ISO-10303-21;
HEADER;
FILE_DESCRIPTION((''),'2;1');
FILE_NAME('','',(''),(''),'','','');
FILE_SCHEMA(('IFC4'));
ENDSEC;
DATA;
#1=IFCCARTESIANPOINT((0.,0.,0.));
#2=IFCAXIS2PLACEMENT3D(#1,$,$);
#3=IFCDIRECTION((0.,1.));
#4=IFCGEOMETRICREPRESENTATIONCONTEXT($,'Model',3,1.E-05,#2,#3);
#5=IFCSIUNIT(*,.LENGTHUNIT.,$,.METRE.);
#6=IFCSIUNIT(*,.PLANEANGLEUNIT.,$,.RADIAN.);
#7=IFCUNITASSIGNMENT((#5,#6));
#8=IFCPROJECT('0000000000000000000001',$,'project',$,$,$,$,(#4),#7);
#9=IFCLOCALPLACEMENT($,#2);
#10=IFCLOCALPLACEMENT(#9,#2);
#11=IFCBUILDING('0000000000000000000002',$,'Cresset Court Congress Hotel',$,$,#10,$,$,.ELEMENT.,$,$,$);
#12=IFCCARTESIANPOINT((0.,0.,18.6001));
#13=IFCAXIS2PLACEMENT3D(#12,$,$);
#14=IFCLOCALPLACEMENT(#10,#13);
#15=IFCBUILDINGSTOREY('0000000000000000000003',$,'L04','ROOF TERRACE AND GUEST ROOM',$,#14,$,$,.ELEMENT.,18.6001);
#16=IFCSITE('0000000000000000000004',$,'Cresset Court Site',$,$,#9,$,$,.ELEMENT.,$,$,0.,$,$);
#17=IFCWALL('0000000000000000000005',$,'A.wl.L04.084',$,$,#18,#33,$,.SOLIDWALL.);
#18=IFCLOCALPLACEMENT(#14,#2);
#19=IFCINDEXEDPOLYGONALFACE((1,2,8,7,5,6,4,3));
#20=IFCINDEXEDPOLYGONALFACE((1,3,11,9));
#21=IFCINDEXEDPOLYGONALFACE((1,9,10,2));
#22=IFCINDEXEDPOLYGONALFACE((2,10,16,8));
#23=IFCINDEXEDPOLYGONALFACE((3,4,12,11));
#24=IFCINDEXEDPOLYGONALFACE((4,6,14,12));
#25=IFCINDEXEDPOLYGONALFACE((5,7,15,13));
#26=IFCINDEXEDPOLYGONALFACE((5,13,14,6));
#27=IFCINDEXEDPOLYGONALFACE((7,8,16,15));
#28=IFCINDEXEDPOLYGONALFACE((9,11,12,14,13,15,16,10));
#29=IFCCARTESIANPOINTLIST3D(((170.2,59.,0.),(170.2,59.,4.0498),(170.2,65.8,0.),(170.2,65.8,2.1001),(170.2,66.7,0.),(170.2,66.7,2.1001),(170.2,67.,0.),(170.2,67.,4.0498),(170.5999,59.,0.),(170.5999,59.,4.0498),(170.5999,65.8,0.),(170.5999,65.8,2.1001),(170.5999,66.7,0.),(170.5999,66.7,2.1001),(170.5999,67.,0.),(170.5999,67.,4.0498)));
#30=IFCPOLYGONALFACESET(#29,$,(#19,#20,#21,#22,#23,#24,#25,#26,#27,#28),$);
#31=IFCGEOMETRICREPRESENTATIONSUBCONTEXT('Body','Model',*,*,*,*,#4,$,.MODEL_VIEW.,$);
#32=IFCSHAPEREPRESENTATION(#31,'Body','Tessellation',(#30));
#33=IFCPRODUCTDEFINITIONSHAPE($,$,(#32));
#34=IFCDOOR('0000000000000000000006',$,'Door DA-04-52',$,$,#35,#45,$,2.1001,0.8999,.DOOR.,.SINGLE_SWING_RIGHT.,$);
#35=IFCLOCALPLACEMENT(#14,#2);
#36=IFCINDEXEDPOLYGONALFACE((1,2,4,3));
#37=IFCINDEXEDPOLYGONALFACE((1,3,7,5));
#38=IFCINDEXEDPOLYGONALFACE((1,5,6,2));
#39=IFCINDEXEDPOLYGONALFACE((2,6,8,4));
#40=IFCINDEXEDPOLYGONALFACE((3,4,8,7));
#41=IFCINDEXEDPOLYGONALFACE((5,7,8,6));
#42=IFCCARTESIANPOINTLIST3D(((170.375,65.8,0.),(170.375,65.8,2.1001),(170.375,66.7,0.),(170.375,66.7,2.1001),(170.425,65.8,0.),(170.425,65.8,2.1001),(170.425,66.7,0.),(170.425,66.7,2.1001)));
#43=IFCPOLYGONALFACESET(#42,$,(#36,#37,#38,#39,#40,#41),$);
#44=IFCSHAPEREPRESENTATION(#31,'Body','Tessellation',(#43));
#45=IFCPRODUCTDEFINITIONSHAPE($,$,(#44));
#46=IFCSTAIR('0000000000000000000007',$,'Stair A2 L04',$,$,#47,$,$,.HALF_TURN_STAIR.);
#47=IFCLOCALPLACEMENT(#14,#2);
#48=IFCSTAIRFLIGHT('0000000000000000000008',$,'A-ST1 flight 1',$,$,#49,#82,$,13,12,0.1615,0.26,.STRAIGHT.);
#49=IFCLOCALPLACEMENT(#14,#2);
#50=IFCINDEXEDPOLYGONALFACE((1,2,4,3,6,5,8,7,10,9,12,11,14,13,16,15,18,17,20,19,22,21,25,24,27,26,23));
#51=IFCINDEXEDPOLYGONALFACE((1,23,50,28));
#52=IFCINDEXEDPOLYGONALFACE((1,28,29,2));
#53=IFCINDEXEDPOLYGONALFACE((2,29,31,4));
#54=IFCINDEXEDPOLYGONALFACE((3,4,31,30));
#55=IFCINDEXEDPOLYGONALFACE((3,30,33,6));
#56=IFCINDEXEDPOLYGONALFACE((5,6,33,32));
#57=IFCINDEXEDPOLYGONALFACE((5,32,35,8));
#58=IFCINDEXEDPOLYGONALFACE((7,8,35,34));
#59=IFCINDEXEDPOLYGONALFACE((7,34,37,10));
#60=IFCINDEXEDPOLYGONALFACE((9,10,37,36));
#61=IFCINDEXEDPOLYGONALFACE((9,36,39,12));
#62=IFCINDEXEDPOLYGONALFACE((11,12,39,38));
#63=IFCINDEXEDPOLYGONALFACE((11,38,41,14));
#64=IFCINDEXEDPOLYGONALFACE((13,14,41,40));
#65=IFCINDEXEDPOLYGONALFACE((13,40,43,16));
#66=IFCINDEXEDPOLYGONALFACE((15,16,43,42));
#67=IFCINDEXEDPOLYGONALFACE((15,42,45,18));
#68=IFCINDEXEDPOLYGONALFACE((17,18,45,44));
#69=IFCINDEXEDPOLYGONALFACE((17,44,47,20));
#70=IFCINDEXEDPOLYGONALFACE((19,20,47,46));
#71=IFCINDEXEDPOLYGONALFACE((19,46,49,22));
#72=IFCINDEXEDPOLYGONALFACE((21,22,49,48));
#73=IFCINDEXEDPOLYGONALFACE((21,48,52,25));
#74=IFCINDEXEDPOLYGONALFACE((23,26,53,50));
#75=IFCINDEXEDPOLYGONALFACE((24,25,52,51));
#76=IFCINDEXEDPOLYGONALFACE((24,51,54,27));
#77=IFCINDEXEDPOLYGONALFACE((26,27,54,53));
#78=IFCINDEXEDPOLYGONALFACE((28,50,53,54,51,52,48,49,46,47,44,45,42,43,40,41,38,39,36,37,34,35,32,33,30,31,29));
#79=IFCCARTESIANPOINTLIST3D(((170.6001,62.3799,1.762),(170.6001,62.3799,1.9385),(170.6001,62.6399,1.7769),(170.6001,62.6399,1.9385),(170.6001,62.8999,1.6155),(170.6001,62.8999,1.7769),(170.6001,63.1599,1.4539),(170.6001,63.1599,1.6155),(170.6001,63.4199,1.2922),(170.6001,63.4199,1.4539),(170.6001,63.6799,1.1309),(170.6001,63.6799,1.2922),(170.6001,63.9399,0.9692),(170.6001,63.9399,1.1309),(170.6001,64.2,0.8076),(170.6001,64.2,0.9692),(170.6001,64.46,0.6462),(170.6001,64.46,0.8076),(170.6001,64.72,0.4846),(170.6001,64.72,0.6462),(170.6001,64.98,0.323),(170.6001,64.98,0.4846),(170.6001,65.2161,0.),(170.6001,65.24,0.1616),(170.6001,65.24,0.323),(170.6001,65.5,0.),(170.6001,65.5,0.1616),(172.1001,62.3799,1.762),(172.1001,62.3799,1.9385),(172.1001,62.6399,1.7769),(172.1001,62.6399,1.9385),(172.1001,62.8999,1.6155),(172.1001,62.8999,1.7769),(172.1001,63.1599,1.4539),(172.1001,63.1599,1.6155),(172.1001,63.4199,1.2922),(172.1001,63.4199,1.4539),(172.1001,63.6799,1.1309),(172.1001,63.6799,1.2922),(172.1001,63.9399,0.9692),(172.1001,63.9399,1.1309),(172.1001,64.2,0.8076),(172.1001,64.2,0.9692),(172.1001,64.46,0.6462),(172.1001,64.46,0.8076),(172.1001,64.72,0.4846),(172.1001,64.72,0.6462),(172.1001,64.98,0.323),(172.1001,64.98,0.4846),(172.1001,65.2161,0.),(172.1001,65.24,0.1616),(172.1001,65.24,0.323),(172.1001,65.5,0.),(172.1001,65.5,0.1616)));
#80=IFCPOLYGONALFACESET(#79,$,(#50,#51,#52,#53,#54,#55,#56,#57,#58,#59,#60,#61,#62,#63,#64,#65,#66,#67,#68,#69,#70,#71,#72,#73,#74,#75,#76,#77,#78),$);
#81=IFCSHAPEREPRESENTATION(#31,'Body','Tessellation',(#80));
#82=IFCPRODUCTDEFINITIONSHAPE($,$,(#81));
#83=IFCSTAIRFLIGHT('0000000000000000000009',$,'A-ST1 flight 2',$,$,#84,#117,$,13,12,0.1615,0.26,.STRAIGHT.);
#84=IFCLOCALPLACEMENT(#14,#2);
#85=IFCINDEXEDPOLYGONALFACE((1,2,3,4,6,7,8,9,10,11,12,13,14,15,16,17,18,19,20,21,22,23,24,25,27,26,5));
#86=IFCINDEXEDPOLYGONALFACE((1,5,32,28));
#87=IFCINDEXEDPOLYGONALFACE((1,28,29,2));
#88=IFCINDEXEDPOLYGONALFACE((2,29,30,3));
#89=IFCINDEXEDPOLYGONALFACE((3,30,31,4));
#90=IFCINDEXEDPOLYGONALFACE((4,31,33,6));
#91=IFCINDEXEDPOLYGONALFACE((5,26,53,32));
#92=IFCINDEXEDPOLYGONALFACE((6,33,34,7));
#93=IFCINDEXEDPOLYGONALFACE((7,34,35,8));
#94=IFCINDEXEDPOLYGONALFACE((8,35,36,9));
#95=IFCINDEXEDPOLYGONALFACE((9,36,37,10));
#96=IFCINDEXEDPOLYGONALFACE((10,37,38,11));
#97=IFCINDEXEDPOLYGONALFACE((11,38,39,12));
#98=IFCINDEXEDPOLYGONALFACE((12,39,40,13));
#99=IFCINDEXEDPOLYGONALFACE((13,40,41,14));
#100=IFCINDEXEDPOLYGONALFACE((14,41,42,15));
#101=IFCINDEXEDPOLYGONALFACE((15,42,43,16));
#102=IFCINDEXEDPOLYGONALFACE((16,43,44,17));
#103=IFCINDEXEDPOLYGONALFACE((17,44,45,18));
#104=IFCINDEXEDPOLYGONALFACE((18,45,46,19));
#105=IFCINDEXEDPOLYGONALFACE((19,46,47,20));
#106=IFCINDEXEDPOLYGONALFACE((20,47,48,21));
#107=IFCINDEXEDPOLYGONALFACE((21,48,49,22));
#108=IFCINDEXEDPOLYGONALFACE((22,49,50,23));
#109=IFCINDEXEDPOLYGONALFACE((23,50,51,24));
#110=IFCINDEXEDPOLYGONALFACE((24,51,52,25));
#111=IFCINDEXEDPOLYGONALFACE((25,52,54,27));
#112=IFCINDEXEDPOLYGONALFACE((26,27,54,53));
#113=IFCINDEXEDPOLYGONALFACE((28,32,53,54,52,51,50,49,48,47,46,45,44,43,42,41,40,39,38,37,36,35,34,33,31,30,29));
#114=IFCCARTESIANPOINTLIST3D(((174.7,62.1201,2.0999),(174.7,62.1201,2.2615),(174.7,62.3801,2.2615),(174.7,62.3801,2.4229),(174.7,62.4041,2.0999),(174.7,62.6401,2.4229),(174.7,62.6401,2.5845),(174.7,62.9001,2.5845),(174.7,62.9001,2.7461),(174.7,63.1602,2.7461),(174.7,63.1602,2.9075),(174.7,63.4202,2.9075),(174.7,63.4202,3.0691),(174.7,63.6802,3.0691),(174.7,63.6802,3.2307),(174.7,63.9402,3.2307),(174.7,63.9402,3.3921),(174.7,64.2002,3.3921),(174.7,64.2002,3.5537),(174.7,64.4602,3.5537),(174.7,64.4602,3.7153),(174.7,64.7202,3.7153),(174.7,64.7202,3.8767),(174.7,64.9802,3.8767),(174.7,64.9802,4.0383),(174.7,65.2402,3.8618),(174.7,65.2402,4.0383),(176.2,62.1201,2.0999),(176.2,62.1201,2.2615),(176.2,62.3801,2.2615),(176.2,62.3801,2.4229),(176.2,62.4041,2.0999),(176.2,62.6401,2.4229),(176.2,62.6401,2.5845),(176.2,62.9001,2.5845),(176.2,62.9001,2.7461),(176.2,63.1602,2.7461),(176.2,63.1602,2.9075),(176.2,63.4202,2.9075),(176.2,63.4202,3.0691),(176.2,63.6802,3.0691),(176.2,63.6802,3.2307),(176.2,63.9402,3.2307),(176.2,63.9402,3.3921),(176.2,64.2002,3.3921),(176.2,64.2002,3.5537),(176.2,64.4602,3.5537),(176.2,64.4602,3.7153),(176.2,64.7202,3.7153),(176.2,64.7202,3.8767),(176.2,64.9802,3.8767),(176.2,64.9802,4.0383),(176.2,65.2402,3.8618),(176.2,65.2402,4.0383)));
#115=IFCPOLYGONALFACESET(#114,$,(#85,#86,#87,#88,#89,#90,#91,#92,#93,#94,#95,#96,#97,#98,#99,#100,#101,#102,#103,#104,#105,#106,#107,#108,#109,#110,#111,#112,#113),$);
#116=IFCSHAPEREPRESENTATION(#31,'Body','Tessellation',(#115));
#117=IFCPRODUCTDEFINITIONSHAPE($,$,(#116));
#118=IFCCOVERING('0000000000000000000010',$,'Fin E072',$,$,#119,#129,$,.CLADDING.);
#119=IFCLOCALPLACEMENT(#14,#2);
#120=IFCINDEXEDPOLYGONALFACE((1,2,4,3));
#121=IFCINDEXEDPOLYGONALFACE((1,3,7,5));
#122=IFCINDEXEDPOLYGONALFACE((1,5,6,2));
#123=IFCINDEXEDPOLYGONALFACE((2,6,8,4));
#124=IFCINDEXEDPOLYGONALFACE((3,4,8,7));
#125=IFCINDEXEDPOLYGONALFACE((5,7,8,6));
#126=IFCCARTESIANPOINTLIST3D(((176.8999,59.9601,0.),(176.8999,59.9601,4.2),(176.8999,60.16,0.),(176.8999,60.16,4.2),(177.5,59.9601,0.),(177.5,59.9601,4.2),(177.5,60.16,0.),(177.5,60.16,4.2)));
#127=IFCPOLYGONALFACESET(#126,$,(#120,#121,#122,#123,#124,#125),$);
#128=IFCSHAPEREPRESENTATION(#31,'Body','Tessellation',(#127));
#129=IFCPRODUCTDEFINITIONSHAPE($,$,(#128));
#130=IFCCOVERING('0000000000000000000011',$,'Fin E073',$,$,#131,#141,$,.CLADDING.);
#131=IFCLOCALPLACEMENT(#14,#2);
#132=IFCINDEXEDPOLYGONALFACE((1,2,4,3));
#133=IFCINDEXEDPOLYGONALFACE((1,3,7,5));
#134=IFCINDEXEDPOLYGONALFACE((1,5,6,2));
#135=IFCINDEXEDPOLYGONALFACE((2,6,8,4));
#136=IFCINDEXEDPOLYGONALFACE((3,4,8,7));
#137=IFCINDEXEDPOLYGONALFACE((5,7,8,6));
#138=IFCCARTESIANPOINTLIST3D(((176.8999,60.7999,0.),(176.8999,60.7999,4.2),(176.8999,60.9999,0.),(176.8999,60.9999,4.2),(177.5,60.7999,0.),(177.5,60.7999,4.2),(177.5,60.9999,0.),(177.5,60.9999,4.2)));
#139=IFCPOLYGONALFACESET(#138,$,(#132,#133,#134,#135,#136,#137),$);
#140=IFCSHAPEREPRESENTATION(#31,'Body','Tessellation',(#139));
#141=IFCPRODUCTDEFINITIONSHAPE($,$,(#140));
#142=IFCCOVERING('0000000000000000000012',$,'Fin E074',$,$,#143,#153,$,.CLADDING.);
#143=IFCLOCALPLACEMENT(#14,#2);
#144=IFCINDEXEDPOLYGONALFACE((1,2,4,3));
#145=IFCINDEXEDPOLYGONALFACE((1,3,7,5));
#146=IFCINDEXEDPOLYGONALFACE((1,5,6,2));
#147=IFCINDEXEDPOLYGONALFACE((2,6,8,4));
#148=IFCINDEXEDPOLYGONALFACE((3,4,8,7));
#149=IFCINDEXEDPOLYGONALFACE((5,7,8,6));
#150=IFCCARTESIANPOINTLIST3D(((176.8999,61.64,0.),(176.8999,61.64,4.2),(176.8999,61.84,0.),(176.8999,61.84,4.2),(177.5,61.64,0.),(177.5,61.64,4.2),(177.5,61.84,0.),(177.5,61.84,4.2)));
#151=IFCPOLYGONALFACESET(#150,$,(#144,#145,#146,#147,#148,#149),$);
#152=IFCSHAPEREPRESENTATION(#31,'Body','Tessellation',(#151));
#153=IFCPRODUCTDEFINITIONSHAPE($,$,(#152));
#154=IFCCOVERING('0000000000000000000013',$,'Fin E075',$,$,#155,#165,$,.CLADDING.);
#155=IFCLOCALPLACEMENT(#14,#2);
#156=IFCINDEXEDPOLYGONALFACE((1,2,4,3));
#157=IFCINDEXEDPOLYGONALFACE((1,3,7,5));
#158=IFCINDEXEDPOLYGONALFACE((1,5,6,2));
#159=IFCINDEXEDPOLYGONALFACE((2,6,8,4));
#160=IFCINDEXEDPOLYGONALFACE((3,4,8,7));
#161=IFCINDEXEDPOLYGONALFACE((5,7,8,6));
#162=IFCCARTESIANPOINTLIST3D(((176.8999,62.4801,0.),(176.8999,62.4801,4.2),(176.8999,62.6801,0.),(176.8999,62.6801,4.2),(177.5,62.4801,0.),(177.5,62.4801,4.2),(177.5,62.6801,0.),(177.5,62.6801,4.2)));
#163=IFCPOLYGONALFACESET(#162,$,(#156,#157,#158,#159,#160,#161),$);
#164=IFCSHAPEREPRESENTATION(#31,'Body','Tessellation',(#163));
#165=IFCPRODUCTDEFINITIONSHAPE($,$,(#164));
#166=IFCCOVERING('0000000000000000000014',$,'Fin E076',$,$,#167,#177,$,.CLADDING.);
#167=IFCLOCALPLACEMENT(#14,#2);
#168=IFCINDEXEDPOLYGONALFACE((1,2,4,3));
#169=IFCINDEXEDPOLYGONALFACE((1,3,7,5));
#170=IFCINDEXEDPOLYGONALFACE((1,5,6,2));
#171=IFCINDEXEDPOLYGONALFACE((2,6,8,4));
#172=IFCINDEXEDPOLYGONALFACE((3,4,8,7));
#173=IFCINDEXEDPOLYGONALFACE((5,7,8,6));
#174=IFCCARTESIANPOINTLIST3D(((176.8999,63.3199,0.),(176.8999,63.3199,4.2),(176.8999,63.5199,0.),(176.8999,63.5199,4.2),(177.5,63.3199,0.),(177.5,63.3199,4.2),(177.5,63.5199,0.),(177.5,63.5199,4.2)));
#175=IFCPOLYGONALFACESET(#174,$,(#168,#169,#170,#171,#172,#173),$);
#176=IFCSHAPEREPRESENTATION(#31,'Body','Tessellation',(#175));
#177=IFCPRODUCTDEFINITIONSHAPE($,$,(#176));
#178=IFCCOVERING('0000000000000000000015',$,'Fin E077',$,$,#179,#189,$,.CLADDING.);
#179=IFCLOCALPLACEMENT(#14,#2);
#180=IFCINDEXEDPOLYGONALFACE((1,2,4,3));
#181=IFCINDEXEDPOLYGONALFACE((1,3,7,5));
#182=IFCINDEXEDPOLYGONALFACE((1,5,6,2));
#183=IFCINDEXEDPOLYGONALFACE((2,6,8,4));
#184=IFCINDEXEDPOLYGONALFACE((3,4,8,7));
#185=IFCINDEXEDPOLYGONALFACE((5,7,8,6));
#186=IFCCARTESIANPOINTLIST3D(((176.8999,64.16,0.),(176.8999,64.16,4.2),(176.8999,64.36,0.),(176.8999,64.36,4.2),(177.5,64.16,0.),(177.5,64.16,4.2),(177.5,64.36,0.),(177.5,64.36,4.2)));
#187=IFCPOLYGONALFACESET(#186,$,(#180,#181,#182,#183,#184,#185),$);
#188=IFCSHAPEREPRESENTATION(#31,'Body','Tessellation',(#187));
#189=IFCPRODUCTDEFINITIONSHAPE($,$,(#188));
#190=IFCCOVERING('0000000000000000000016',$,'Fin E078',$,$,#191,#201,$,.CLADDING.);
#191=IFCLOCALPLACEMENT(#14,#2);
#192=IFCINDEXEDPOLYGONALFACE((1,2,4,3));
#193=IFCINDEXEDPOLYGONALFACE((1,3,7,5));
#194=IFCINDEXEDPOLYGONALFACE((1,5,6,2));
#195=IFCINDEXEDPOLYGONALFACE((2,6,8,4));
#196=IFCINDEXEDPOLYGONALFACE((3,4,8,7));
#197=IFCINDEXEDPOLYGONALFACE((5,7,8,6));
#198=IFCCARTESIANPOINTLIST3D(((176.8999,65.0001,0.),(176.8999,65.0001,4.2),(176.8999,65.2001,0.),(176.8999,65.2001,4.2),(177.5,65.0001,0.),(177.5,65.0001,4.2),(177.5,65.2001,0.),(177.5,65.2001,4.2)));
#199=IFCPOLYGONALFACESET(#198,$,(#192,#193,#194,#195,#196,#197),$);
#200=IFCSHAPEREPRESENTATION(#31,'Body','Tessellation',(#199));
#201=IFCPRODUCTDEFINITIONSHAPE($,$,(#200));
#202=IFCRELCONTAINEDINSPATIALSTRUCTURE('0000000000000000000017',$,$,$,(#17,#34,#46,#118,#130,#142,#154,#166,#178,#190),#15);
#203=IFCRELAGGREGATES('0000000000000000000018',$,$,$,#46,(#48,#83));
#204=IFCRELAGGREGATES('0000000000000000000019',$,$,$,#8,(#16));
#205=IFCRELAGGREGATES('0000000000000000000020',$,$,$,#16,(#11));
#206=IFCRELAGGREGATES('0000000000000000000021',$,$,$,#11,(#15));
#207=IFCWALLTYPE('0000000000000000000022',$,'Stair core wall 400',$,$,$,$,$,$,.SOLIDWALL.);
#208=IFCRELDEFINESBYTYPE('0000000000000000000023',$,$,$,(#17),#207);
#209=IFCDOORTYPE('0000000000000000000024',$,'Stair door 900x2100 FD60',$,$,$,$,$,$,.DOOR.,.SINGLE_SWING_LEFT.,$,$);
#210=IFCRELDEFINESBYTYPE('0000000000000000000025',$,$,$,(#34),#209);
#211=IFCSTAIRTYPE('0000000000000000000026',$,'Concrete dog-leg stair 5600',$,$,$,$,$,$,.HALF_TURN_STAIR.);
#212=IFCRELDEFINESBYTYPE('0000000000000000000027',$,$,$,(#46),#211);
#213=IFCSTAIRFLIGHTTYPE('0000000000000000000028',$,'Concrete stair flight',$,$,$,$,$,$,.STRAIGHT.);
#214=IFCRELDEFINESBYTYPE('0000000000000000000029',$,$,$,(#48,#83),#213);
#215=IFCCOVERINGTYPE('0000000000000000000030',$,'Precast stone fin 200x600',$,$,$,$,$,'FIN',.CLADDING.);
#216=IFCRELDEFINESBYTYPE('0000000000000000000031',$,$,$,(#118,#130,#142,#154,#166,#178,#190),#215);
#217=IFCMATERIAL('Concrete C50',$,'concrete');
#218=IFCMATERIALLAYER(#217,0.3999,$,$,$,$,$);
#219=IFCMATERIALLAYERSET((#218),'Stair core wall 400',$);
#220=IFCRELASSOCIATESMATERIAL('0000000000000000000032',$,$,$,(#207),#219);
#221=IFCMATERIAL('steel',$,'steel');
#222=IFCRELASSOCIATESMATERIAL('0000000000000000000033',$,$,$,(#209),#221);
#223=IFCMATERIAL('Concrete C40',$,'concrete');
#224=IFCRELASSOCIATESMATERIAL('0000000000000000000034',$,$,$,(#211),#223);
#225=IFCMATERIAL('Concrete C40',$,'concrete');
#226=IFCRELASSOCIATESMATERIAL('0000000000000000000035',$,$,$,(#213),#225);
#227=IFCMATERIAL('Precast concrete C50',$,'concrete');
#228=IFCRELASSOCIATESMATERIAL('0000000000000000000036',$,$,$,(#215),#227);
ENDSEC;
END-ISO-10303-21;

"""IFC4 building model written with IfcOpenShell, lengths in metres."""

from ifc_helpers import new_model, si_unit, direction, frame, frame_2d, origin, origin_2d, place, context, subcontext, project, spatial, polyline, rectangle, outline, extrude, material, layer, layer_set, type_object, element, fill, aggregate, save


model = new_model("IFC4")

# Units and contexts
model_context = context("Model", 3, precision=1e-05, world=origin(), true_north=direction((0.0, 1.0)))
body_context = subcontext(model_context, "Body", "Model", "MODEL_VIEW")
ifc_project = project(units=[si_unit("LENGTHUNIT", "METRE"), si_unit("PLANEANGLEUNIT", "RADIAN")], contexts=[model_context])

# Site, building, storey
site_placement = place(None, origin())
site = spatial("IfcSite", under=ifc_project, at=site_placement, Name="Cresset Court Site", CompositionType="ELEMENT", RefElevation=0.0)
building_placement = place(site_placement, origin())
building = spatial("IfcBuilding", under=site, at=building_placement, Name="Cresset Court Congress Hotel", CompositionType="ELEMENT")
storey_placement = place(building_placement, frame((0.0, 0.0, 18.6001)))
storey = spatial("IfcBuildingStorey", under=building, at=storey_placement, Name="L04", Description="ROOF TERRACE AND GUEST ROOM", CompositionType="ELEMENT", Elevation=18.6001)

# Shared definitions
ifc_material_1 = material(Name="Concrete C50", Category="concrete")
ifc_layer_1 = layer(ifc_material_1, 0.3999)
ifc_layer_set_1 = layer_set([ifc_layer_1], Name="Stair core wall 400")
wall_type_1 = type_object("IfcWallType", Name="Stair core wall 400", PredefinedType="SOLIDWALL", material=ifc_layer_set_1)

# Wall, opening, door
wall_1_placement = place(storey_placement, frame((170.3999, 59.0, 0.0), z_axis=(0.0, 0.0, 1.0), x_axis=(0.0, 1.0, 0.0)))
wall_1 = element("IfcWall", 1, at=wall_1_placement, inside=storey, type_object=wall_type_1, Name="A.wl.L04.084", PredefinedType="SOLIDWALL", context=body_context, shape_type="SweptSolid", body=[
    extrude(rectangle(XDim=8.0, YDim=0.3999, at=frame_2d((4.0, 0.0))), origin(), (0.0, 0.0, 1.0), 4.0498),
])
opening_1_placement = place(wall_1_placement, frame((6.8, 0.0, 0.0)))
opening_1 = element("IfcOpeningElement", 2, at=opening_1_placement, cuts=wall_1, PredefinedType="OPENING", context=body_context, shape_type="SweptSolid", body=[
    extrude(rectangle(XDim=0.8999, YDim=2.1001, at=frame_2d((0.45, 1.05))), frame((0.0, 0.21, 0.0), z_axis=(0.0, -1.0, 0.0), x_axis=(1.0, 0.0, 0.0)), (0.0, 0.0, 1.0), 0.4199),
])
ifc_material_2 = material(Name="steel", Category="steel")
door_type_1 = type_object("IfcDoorType", Name="Stair door 900x2100 FD60", OperationType="SINGLE_SWING_LEFT", PredefinedType="DOOR", material=ifc_material_2)
door_1_placement = place(opening_1_placement, origin())
door_1 = element("IfcDoor", 3, at=door_1_placement, inside=storey, type_object=door_type_1, Name="Door DA-04-52", OperationType="SINGLE_SWING_RIGHT", OverallHeight=2.1001, OverallWidth=0.8999, PredefinedType="DOOR", context=body_context, shape_type="SweptSolid", body=[
    extrude(rectangle(XDim=0.8999, YDim=2.1001, at=frame_2d((0.45, 1.05))), frame((0.0, 0.0249, 0.0), z_axis=(0.0, -1.0, 0.0), x_axis=(1.0, 0.0, 0.0)), (0.0, 0.0, 1.0), 0.05),
])
fill(opening_1, door_1)

# Stair, stair flights
ifc_material_3 = material(Name="Concrete C40", Category="concrete")
stair_type = type_object("IfcStairType", Name="Concrete dog-leg stair 5600", PredefinedType="HALF_TURN_STAIR", material=ifc_material_3)
stair_placement = place(storey_placement, origin())
stair = element("IfcStair", 4, at=stair_placement, inside=storey, type_object=stair_type, Name="Stair A2 L04", PredefinedType="HALF_TURN_STAIR")
ifc_material_4 = material(Name="Concrete C40", Category="concrete")
stair_flight_type = type_object("IfcStairFlightType", Name="Concrete stair flight", PredefinedType="STRAIGHT", material=ifc_material_4)
stair_flight_1_placement = place(storey_placement, frame((171.3501, 65.5, 0.0), z_axis=(0.0, 0.0, 1.0), x_axis=(0.0, -1.0, 0.0)))
stair_flight_1 = element("IfcStairFlight", 5, at=stair_flight_1_placement, type_object=stair_flight_type, Name="A-ST1 flight 1", NumberOfRisers=13, NumberOfTreads=12, PredefinedType="STRAIGHT", RiserHeight=0.1615, TreadLength=0.26, context=body_context, shape_type="SweptSolid", body=[
    extrude(outline(polyline([(0.0, 0.0), (0.0, 0.1616), (0.26, 0.1616), (0.26, 0.323), (0.52, 0.323), (0.52, 0.4846), (0.78, 0.4846), (0.78, 0.6462), (1.04, 0.6462), (1.04, 0.8076), (1.3, 0.8076), (1.3, 0.9692), (1.5601, 0.9692), (1.5601, 1.1309), (1.8201, 1.1309), (1.8201, 1.2922), (2.0801, 1.2922), (2.0801, 1.4539), (2.3401, 1.4539), (2.3401, 1.6155), (2.6001, 1.6155), (2.6001, 1.7769), (2.8601, 1.7769), (2.8601, 1.9385), (3.1201, 1.9385), (3.1201, 2.1001), (3.1201, 1.762), (0.2839, 0.0), (0.0, 0.0)])), frame((0.0, 0.75, 0.0), z_axis=(0.0, -1.0, 0.0), x_axis=(1.0, 0.0, 0.0)), (0.0, 0.0, 1.0), 1.5),
])
stair_flight_2_placement = place(storey_placement, frame((175.45, 62.1201, 2.0999), z_axis=(0.0, 0.0, 1.0), x_axis=(0.0, 1.0, 0.0)))
stair_flight_2 = element("IfcStairFlight", 6, at=stair_flight_2_placement, type_object=stair_flight_type, Name="A-ST1 flight 2", NumberOfRisers=13, NumberOfTreads=12, PredefinedType="STRAIGHT", RiserHeight=0.1615, TreadLength=0.26, context=body_context, shape_type="SweptSolid", body=[
    extrude(outline(polyline([(0.0, 0.0), (0.0, 0.1616), (0.26, 0.1616), (0.26, 0.323), (0.52, 0.323), (0.52, 0.4846), (0.78, 0.4846), (0.78, 0.6462), (1.04, 0.6462), (1.04, 0.8076), (1.3, 0.8076), (1.3, 0.9692), (1.5601, 0.9692), (1.5601, 1.1309), (1.8201, 1.1309), (1.8201, 1.2922), (2.0801, 1.2922), (2.0801, 1.4539), (2.3401, 1.4539), (2.3401, 1.6155), (2.6001, 1.6155), (2.6001, 1.7769), (2.8601, 1.7769), (2.8601, 1.9385), (3.1201, 1.9385), (3.1201, 2.1001), (3.1201, 1.762), (0.2839, 0.0), (0.0, 0.0)])), frame((0.0, 0.75, 0.0), z_axis=(0.0, -1.0, 0.0), x_axis=(1.0, 0.0, 0.0)), (0.0, 0.0, 1.0), 1.5),
])
aggregate(stair, [stair_flight_1, stair_flight_2])

# Coverings
ifc_material_5 = material(Name="Precast concrete C50", Category="concrete")
covering_type_1 = type_object("IfcCoveringType", Name="Precast stone fin 200x600", ElementType="FIN", PredefinedType="CLADDING", material=ifc_material_5)
for number, where, z_axis, x_axis, name in (
    (7, (177.2, 60.0601, 0.0), (0.0, 0.0, 1.0), (1.0, 0.0, 0.0), "Fin E072"),
    (8, (177.2, 60.8999, 0.0), (0.0, 0.0, 1.0), (1.0, 0.0, 0.0), "Fin E073"),
    (9, (177.2, 61.74, 0.0), (0.0, 0.0, 1.0), (1.0, 0.0, 0.0), "Fin E074"),
    (10, (177.2, 62.5801, 0.0), (0.0, 0.0, 1.0), (1.0, 0.0, 0.0), "Fin E075"),
    (11, (177.2, 63.4199, 0.0), (0.0, 0.0, 1.0), (1.0, 0.0, 0.0), "Fin E076"),
    (12, (177.2, 64.26, 0.0), (0.0, 0.0, 1.0), (1.0, 0.0, 0.0), "Fin E077"),
    (13, (177.2, 65.1001, 0.0), (0.0, 0.0, 1.0), (1.0, 0.0, 0.0), "Fin E078"),
):
    element("IfcCovering", number, at=place(storey_placement, frame(where, z_axis=z_axis, x_axis=x_axis)), inside=storey, type_object=covering_type_1, Name=name, PredefinedType="CLADDING", context=body_context, shape_type="SweptSolid", body=[
        extrude(rectangle(XDim=0.6001, YDim=0.2, at=origin_2d()), origin(), (0.0, 0.0, 1.0), 4.2),
    ])

save(model, "model.ifc")
